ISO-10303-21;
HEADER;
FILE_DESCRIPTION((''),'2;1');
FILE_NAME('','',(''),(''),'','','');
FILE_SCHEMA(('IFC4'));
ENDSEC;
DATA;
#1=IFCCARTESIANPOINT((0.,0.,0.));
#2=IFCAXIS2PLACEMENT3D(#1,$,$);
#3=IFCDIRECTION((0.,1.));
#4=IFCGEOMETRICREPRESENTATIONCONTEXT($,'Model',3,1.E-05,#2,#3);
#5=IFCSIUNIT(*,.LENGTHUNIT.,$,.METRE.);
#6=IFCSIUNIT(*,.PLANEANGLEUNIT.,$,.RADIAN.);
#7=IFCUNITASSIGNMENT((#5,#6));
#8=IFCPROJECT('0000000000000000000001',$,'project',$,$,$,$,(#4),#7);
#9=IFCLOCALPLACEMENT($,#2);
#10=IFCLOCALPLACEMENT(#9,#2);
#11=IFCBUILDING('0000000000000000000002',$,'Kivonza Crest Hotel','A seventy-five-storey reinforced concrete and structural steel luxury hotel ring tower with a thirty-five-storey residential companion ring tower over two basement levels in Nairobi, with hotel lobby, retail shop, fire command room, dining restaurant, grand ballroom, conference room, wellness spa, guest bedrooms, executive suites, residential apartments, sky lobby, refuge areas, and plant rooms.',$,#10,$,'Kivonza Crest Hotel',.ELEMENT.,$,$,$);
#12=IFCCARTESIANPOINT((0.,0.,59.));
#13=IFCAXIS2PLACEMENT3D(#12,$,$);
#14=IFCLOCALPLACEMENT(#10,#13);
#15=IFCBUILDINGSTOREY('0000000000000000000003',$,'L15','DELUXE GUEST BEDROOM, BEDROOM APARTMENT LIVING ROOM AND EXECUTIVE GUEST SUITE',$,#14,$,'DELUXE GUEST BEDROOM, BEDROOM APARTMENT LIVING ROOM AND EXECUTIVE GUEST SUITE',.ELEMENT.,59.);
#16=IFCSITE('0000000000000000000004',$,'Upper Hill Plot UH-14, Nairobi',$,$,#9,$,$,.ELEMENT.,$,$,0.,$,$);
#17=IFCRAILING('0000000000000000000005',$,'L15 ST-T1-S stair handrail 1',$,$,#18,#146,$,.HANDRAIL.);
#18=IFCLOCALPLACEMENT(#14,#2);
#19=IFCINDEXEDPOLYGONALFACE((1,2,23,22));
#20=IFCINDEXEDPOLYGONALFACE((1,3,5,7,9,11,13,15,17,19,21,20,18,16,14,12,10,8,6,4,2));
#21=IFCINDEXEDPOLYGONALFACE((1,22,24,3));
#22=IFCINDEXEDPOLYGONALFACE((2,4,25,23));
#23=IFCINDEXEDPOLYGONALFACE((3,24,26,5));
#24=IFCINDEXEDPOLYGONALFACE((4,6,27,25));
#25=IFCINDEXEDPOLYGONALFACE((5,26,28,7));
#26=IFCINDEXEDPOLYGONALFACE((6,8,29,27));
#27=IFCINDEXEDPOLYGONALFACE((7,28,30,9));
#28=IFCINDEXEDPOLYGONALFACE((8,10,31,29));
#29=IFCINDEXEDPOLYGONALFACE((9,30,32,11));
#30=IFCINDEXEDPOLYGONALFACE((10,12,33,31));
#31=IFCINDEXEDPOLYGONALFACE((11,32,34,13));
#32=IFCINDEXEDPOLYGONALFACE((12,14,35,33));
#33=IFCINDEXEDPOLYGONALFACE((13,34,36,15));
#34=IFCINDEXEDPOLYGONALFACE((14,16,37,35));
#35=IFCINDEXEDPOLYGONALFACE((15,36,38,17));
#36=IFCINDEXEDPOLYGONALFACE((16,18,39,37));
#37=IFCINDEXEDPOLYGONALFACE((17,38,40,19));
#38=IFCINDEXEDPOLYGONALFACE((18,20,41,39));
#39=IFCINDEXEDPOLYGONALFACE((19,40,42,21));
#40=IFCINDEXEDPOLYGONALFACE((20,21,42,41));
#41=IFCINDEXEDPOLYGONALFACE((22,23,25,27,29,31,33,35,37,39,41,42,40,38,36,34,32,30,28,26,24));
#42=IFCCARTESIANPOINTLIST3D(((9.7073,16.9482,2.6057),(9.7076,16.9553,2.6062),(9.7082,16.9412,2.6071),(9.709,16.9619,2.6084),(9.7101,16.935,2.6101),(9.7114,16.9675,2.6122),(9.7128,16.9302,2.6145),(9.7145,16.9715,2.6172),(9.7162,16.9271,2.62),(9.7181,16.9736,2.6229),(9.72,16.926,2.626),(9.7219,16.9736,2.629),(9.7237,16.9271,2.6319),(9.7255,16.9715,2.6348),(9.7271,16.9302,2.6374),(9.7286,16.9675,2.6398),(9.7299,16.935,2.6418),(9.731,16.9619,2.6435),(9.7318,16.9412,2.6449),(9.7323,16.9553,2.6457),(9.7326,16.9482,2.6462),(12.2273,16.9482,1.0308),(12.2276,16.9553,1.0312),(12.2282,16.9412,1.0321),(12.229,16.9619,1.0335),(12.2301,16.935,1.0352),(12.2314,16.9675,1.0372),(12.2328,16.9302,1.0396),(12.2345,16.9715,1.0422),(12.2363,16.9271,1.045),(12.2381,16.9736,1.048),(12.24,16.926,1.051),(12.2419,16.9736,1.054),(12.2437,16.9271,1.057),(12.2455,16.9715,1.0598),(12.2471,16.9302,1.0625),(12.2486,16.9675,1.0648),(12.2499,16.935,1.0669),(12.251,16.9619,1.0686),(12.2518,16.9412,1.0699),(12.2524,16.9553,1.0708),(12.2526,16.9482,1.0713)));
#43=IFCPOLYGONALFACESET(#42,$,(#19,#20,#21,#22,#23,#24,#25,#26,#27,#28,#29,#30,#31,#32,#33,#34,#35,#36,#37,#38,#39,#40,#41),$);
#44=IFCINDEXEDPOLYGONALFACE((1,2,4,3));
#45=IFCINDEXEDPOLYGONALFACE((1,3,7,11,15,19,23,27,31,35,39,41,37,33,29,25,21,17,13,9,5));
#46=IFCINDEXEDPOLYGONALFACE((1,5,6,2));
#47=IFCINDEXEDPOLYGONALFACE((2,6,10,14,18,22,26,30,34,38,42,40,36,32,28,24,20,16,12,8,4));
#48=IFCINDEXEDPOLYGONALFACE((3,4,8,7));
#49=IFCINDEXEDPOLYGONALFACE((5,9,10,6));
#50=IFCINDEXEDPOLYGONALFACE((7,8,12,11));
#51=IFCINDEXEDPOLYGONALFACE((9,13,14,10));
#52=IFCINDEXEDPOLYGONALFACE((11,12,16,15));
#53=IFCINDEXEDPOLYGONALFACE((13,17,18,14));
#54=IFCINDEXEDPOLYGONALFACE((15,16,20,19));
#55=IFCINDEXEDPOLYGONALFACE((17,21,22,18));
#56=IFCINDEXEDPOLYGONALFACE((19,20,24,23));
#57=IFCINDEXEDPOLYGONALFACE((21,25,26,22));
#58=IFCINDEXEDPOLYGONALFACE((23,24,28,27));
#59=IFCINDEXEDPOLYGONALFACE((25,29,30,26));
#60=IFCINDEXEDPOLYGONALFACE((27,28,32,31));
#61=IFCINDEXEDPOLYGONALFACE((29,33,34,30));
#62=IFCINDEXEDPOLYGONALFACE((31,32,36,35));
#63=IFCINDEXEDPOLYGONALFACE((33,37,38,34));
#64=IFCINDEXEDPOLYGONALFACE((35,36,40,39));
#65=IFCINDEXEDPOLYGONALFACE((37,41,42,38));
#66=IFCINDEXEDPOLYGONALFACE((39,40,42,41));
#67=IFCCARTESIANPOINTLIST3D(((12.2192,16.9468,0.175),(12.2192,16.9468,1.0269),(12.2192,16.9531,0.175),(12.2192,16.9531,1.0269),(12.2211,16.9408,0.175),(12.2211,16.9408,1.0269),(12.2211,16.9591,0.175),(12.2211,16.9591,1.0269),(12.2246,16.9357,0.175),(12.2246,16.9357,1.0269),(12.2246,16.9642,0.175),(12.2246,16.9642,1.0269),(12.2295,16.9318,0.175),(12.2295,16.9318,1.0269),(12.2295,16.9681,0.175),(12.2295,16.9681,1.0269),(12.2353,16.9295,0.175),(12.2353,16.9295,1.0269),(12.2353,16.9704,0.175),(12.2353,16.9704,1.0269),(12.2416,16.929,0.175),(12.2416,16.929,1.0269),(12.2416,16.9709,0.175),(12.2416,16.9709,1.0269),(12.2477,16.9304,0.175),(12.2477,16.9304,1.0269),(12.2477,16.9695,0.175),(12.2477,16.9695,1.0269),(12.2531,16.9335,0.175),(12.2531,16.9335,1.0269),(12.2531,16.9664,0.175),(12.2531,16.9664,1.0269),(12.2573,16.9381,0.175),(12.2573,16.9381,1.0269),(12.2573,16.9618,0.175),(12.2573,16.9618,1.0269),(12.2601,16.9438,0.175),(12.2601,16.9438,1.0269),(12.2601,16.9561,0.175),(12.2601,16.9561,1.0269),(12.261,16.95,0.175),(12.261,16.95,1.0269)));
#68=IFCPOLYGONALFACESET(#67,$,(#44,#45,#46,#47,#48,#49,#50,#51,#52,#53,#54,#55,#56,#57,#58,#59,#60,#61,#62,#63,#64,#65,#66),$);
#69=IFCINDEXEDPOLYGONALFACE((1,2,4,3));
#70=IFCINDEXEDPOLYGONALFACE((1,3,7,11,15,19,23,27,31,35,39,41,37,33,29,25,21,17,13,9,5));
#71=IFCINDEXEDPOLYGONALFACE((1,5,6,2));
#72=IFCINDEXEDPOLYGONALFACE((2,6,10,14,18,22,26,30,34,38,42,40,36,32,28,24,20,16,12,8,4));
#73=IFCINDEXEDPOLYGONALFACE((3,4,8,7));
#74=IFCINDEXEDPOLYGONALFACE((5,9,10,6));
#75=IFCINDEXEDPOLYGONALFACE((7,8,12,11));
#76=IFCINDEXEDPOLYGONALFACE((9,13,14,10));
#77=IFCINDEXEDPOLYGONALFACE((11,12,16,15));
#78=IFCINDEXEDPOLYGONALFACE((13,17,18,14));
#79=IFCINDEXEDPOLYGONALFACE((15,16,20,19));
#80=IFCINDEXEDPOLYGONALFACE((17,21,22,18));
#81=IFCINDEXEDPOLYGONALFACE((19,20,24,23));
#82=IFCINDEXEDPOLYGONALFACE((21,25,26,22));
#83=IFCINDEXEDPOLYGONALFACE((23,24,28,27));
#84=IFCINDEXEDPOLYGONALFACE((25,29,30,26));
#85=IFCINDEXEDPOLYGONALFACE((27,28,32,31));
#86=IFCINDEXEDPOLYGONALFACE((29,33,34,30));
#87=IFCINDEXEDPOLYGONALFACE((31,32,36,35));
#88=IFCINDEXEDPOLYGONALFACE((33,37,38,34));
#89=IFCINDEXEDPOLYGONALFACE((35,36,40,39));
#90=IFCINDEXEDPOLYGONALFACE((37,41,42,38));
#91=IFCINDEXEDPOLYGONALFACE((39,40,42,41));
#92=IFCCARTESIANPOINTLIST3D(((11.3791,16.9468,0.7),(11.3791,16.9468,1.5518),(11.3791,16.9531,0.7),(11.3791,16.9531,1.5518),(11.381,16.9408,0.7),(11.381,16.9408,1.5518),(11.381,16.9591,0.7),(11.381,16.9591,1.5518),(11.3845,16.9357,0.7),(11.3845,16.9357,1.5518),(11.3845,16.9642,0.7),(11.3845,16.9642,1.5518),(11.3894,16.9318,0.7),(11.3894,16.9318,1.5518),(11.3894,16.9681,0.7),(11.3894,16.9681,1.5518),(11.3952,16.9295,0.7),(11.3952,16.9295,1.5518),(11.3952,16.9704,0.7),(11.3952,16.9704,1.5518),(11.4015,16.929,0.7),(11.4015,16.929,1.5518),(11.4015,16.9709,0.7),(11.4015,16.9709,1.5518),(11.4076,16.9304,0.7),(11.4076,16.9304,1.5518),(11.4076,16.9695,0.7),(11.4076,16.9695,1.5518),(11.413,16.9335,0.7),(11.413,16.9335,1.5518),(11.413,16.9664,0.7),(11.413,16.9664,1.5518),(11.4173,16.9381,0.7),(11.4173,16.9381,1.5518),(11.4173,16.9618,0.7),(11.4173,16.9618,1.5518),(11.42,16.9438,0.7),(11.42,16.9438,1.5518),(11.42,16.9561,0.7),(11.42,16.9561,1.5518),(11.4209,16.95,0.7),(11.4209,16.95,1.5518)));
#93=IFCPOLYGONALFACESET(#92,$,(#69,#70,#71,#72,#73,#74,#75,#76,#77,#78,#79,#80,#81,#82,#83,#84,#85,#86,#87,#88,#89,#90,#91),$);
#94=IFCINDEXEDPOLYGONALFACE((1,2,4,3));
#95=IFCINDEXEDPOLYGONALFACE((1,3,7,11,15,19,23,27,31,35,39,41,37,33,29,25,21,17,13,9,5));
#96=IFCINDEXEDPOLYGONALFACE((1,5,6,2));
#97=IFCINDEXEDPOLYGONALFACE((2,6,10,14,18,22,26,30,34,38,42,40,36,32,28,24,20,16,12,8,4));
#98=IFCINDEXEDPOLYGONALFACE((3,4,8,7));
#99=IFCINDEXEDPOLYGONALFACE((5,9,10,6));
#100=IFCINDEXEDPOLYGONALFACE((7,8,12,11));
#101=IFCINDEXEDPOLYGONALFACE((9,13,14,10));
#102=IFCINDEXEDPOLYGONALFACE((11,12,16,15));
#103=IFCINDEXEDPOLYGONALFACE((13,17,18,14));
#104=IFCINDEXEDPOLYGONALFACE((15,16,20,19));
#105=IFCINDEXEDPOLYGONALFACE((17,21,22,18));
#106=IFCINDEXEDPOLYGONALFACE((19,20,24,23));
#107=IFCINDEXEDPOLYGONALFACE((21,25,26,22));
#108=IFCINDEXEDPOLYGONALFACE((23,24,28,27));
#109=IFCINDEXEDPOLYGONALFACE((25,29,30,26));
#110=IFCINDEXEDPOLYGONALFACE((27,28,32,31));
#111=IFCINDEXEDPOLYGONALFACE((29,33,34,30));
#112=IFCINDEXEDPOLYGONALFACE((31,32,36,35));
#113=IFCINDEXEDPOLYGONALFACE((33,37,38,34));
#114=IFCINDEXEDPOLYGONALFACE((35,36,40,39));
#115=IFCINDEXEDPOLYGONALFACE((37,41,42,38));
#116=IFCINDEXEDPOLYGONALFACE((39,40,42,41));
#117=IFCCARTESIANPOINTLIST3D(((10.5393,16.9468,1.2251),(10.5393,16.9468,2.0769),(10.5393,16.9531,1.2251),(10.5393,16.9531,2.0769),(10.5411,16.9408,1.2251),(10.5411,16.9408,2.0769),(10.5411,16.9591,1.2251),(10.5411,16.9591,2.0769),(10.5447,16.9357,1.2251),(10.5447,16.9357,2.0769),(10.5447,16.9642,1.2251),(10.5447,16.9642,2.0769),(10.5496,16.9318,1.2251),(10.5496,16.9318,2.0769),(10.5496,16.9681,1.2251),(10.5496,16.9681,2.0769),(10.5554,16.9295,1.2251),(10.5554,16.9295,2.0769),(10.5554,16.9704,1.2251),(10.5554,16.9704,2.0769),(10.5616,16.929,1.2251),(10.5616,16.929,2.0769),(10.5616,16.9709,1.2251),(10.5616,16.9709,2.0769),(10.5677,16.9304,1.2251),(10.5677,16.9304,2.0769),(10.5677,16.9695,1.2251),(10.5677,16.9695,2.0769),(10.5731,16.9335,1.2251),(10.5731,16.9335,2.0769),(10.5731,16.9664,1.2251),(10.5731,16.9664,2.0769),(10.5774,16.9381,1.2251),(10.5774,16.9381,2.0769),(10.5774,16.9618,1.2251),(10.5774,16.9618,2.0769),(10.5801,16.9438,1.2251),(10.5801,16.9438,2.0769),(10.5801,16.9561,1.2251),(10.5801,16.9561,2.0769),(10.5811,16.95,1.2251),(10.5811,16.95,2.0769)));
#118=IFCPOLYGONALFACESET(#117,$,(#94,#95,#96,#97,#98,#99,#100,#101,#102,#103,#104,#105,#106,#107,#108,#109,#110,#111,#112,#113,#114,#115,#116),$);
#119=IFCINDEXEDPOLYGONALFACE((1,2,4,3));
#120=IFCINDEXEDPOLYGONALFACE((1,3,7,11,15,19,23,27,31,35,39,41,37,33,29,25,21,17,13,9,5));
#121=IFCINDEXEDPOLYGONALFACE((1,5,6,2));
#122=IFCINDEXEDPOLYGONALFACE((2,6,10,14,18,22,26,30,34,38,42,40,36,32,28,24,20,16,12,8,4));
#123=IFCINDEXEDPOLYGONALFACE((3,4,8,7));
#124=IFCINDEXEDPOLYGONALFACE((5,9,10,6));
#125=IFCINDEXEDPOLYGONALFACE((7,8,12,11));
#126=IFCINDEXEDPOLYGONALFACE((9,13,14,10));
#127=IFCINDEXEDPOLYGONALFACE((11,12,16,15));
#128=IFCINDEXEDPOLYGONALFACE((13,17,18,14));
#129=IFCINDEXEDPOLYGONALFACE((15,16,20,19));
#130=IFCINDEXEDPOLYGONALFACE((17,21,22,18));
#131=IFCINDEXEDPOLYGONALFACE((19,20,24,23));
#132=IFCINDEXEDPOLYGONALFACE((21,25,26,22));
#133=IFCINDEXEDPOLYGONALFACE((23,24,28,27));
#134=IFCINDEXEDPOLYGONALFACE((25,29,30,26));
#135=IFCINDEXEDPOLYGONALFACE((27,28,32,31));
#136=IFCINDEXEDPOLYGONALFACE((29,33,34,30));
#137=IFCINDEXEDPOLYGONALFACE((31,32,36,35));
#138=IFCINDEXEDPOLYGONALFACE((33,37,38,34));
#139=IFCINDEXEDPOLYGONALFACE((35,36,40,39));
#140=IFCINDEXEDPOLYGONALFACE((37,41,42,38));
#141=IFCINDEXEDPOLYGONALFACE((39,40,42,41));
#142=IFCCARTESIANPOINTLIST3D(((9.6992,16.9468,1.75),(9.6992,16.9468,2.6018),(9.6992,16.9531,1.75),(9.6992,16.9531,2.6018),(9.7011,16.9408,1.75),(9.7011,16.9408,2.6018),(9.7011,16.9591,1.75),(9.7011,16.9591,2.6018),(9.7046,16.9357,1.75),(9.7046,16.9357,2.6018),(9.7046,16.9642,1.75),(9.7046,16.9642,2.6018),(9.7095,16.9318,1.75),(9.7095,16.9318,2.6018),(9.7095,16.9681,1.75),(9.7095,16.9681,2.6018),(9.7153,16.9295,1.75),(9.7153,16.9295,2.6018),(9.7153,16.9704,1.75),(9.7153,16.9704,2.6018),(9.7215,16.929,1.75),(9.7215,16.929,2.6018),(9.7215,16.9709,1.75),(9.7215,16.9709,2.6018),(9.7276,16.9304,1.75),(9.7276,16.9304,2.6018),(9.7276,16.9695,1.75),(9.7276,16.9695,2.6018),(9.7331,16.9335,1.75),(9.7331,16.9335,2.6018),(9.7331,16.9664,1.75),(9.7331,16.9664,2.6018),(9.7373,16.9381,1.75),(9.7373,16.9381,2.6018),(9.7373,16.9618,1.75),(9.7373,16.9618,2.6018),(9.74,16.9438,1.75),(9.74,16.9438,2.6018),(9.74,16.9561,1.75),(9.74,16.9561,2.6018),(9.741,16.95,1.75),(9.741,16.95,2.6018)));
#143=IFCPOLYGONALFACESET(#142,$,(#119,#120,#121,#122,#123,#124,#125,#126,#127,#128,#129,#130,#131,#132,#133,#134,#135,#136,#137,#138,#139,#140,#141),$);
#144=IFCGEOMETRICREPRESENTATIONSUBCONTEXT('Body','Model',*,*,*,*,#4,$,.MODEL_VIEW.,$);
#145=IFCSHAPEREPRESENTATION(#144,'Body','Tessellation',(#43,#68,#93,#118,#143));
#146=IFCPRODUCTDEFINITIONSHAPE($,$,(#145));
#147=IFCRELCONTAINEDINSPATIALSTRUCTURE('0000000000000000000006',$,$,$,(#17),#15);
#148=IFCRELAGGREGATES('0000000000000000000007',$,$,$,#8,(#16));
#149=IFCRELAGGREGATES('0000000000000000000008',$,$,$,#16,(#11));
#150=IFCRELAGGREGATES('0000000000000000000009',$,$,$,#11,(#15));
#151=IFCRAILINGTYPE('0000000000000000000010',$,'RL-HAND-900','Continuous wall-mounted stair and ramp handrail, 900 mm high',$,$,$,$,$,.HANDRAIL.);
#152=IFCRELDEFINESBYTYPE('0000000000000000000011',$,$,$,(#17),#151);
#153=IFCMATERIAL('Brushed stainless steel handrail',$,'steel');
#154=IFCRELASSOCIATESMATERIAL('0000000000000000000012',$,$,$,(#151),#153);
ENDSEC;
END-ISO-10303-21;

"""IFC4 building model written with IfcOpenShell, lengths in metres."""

from ifc_helpers import new_model, si_unit, direction, frame, origin, origin_2d, place, context, subcontext, project, spatial, circle, extrude, material, type_object, element, save


model = new_model("IFC4")

# Units and contexts
model_context = context("Model", 3, precision=1e-05, world=origin(), true_north=direction((0.0, 1.0)))
body_context = subcontext(model_context, "Body", "Model", "MODEL_VIEW")
ifc_project = project(units=[si_unit("LENGTHUNIT", "METRE"), si_unit("PLANEANGLEUNIT", "RADIAN")], contexts=[model_context])

# Site, building, storey
site_placement = place(None, origin())
site = spatial("IfcSite", under=ifc_project, at=site_placement, Name="Upper Hill Plot UH-14, Nairobi", CompositionType="ELEMENT", RefElevation=0.0)
building_placement = place(site_placement, origin())
building = spatial("IfcBuilding", under=site, at=building_placement, Name="Kivonza Crest Hotel", Description="A seventy-five-storey reinforced concrete and structural steel luxury hotel ring tower with a thirty-five-storey residential companion ring tower over two basement levels in Nairobi, with hotel lobby, retail shop, fire command room, dining restaurant, grand ballroom, conference room, wellness spa, guest bedrooms, executive suites, residential apartments, sky lobby, refuge areas, and plant rooms.", LongName="Kivonza Crest Hotel", CompositionType="ELEMENT")
storey_placement = place(building_placement, frame((0.0, 0.0, 59.0)))
storey = spatial("IfcBuildingStorey", under=building, at=storey_placement, Name="L15", Description="DELUXE GUEST BEDROOM, BEDROOM APARTMENT LIVING ROOM AND EXECUTIVE GUEST SUITE", LongName="DELUXE GUEST BEDROOM, BEDROOM APARTMENT LIVING ROOM AND EXECUTIVE GUEST SUITE", CompositionType="ELEMENT", Elevation=59.0)

# Railing
ifc_material_1 = material(Name="Brushed stainless steel handrail", Category="steel")
railing_type_1 = type_object("IfcRailingType", Name="RL-HAND-900", Description="Continuous wall-mounted stair and ramp handrail, 900 mm high", PredefinedType="HANDRAIL", material=ifc_material_1)
railing_1_placement = place(storey_placement, frame((12.24, 16.95, 0.175)))
element("IfcRailing", 1, at=railing_1_placement, inside=storey, type_object=railing_type_1, Name="L15 ST-T1-S stair handrail 1", PredefinedType="HANDRAIL", context=body_context, shape_type="SweptSolid", body=[
    extrude(circle(Radius=0.0239, at=origin_2d()), frame((0.0, 0.0, 0.876), z_axis=(-0.848008, 0.0, 0.529984), x_axis=(0.0, -1.0, 0.0)), (0.0, 0.0, 1.0), 2.9717),
    extrude(circle(Radius=0.021, at=origin_2d()), origin(), (0.0, 0.0, 1.0), 0.8518),
    extrude(circle(Radius=0.021, at=origin_2d()), frame((-0.8401, 0.0, 0.5249)), (0.0, 0.0, 1.0), 0.8518),
    extrude(circle(Radius=0.021, at=origin_2d()), frame((-1.6799, 0.0, 1.05)), (0.0, 0.0, 1.0), 0.8518),
    extrude(circle(Radius=0.021, at=origin_2d()), frame((-2.52, 0.0, 1.575)), (0.0, 0.0, 1.0), 0.8518),
])

save(model, "model.ifc")
